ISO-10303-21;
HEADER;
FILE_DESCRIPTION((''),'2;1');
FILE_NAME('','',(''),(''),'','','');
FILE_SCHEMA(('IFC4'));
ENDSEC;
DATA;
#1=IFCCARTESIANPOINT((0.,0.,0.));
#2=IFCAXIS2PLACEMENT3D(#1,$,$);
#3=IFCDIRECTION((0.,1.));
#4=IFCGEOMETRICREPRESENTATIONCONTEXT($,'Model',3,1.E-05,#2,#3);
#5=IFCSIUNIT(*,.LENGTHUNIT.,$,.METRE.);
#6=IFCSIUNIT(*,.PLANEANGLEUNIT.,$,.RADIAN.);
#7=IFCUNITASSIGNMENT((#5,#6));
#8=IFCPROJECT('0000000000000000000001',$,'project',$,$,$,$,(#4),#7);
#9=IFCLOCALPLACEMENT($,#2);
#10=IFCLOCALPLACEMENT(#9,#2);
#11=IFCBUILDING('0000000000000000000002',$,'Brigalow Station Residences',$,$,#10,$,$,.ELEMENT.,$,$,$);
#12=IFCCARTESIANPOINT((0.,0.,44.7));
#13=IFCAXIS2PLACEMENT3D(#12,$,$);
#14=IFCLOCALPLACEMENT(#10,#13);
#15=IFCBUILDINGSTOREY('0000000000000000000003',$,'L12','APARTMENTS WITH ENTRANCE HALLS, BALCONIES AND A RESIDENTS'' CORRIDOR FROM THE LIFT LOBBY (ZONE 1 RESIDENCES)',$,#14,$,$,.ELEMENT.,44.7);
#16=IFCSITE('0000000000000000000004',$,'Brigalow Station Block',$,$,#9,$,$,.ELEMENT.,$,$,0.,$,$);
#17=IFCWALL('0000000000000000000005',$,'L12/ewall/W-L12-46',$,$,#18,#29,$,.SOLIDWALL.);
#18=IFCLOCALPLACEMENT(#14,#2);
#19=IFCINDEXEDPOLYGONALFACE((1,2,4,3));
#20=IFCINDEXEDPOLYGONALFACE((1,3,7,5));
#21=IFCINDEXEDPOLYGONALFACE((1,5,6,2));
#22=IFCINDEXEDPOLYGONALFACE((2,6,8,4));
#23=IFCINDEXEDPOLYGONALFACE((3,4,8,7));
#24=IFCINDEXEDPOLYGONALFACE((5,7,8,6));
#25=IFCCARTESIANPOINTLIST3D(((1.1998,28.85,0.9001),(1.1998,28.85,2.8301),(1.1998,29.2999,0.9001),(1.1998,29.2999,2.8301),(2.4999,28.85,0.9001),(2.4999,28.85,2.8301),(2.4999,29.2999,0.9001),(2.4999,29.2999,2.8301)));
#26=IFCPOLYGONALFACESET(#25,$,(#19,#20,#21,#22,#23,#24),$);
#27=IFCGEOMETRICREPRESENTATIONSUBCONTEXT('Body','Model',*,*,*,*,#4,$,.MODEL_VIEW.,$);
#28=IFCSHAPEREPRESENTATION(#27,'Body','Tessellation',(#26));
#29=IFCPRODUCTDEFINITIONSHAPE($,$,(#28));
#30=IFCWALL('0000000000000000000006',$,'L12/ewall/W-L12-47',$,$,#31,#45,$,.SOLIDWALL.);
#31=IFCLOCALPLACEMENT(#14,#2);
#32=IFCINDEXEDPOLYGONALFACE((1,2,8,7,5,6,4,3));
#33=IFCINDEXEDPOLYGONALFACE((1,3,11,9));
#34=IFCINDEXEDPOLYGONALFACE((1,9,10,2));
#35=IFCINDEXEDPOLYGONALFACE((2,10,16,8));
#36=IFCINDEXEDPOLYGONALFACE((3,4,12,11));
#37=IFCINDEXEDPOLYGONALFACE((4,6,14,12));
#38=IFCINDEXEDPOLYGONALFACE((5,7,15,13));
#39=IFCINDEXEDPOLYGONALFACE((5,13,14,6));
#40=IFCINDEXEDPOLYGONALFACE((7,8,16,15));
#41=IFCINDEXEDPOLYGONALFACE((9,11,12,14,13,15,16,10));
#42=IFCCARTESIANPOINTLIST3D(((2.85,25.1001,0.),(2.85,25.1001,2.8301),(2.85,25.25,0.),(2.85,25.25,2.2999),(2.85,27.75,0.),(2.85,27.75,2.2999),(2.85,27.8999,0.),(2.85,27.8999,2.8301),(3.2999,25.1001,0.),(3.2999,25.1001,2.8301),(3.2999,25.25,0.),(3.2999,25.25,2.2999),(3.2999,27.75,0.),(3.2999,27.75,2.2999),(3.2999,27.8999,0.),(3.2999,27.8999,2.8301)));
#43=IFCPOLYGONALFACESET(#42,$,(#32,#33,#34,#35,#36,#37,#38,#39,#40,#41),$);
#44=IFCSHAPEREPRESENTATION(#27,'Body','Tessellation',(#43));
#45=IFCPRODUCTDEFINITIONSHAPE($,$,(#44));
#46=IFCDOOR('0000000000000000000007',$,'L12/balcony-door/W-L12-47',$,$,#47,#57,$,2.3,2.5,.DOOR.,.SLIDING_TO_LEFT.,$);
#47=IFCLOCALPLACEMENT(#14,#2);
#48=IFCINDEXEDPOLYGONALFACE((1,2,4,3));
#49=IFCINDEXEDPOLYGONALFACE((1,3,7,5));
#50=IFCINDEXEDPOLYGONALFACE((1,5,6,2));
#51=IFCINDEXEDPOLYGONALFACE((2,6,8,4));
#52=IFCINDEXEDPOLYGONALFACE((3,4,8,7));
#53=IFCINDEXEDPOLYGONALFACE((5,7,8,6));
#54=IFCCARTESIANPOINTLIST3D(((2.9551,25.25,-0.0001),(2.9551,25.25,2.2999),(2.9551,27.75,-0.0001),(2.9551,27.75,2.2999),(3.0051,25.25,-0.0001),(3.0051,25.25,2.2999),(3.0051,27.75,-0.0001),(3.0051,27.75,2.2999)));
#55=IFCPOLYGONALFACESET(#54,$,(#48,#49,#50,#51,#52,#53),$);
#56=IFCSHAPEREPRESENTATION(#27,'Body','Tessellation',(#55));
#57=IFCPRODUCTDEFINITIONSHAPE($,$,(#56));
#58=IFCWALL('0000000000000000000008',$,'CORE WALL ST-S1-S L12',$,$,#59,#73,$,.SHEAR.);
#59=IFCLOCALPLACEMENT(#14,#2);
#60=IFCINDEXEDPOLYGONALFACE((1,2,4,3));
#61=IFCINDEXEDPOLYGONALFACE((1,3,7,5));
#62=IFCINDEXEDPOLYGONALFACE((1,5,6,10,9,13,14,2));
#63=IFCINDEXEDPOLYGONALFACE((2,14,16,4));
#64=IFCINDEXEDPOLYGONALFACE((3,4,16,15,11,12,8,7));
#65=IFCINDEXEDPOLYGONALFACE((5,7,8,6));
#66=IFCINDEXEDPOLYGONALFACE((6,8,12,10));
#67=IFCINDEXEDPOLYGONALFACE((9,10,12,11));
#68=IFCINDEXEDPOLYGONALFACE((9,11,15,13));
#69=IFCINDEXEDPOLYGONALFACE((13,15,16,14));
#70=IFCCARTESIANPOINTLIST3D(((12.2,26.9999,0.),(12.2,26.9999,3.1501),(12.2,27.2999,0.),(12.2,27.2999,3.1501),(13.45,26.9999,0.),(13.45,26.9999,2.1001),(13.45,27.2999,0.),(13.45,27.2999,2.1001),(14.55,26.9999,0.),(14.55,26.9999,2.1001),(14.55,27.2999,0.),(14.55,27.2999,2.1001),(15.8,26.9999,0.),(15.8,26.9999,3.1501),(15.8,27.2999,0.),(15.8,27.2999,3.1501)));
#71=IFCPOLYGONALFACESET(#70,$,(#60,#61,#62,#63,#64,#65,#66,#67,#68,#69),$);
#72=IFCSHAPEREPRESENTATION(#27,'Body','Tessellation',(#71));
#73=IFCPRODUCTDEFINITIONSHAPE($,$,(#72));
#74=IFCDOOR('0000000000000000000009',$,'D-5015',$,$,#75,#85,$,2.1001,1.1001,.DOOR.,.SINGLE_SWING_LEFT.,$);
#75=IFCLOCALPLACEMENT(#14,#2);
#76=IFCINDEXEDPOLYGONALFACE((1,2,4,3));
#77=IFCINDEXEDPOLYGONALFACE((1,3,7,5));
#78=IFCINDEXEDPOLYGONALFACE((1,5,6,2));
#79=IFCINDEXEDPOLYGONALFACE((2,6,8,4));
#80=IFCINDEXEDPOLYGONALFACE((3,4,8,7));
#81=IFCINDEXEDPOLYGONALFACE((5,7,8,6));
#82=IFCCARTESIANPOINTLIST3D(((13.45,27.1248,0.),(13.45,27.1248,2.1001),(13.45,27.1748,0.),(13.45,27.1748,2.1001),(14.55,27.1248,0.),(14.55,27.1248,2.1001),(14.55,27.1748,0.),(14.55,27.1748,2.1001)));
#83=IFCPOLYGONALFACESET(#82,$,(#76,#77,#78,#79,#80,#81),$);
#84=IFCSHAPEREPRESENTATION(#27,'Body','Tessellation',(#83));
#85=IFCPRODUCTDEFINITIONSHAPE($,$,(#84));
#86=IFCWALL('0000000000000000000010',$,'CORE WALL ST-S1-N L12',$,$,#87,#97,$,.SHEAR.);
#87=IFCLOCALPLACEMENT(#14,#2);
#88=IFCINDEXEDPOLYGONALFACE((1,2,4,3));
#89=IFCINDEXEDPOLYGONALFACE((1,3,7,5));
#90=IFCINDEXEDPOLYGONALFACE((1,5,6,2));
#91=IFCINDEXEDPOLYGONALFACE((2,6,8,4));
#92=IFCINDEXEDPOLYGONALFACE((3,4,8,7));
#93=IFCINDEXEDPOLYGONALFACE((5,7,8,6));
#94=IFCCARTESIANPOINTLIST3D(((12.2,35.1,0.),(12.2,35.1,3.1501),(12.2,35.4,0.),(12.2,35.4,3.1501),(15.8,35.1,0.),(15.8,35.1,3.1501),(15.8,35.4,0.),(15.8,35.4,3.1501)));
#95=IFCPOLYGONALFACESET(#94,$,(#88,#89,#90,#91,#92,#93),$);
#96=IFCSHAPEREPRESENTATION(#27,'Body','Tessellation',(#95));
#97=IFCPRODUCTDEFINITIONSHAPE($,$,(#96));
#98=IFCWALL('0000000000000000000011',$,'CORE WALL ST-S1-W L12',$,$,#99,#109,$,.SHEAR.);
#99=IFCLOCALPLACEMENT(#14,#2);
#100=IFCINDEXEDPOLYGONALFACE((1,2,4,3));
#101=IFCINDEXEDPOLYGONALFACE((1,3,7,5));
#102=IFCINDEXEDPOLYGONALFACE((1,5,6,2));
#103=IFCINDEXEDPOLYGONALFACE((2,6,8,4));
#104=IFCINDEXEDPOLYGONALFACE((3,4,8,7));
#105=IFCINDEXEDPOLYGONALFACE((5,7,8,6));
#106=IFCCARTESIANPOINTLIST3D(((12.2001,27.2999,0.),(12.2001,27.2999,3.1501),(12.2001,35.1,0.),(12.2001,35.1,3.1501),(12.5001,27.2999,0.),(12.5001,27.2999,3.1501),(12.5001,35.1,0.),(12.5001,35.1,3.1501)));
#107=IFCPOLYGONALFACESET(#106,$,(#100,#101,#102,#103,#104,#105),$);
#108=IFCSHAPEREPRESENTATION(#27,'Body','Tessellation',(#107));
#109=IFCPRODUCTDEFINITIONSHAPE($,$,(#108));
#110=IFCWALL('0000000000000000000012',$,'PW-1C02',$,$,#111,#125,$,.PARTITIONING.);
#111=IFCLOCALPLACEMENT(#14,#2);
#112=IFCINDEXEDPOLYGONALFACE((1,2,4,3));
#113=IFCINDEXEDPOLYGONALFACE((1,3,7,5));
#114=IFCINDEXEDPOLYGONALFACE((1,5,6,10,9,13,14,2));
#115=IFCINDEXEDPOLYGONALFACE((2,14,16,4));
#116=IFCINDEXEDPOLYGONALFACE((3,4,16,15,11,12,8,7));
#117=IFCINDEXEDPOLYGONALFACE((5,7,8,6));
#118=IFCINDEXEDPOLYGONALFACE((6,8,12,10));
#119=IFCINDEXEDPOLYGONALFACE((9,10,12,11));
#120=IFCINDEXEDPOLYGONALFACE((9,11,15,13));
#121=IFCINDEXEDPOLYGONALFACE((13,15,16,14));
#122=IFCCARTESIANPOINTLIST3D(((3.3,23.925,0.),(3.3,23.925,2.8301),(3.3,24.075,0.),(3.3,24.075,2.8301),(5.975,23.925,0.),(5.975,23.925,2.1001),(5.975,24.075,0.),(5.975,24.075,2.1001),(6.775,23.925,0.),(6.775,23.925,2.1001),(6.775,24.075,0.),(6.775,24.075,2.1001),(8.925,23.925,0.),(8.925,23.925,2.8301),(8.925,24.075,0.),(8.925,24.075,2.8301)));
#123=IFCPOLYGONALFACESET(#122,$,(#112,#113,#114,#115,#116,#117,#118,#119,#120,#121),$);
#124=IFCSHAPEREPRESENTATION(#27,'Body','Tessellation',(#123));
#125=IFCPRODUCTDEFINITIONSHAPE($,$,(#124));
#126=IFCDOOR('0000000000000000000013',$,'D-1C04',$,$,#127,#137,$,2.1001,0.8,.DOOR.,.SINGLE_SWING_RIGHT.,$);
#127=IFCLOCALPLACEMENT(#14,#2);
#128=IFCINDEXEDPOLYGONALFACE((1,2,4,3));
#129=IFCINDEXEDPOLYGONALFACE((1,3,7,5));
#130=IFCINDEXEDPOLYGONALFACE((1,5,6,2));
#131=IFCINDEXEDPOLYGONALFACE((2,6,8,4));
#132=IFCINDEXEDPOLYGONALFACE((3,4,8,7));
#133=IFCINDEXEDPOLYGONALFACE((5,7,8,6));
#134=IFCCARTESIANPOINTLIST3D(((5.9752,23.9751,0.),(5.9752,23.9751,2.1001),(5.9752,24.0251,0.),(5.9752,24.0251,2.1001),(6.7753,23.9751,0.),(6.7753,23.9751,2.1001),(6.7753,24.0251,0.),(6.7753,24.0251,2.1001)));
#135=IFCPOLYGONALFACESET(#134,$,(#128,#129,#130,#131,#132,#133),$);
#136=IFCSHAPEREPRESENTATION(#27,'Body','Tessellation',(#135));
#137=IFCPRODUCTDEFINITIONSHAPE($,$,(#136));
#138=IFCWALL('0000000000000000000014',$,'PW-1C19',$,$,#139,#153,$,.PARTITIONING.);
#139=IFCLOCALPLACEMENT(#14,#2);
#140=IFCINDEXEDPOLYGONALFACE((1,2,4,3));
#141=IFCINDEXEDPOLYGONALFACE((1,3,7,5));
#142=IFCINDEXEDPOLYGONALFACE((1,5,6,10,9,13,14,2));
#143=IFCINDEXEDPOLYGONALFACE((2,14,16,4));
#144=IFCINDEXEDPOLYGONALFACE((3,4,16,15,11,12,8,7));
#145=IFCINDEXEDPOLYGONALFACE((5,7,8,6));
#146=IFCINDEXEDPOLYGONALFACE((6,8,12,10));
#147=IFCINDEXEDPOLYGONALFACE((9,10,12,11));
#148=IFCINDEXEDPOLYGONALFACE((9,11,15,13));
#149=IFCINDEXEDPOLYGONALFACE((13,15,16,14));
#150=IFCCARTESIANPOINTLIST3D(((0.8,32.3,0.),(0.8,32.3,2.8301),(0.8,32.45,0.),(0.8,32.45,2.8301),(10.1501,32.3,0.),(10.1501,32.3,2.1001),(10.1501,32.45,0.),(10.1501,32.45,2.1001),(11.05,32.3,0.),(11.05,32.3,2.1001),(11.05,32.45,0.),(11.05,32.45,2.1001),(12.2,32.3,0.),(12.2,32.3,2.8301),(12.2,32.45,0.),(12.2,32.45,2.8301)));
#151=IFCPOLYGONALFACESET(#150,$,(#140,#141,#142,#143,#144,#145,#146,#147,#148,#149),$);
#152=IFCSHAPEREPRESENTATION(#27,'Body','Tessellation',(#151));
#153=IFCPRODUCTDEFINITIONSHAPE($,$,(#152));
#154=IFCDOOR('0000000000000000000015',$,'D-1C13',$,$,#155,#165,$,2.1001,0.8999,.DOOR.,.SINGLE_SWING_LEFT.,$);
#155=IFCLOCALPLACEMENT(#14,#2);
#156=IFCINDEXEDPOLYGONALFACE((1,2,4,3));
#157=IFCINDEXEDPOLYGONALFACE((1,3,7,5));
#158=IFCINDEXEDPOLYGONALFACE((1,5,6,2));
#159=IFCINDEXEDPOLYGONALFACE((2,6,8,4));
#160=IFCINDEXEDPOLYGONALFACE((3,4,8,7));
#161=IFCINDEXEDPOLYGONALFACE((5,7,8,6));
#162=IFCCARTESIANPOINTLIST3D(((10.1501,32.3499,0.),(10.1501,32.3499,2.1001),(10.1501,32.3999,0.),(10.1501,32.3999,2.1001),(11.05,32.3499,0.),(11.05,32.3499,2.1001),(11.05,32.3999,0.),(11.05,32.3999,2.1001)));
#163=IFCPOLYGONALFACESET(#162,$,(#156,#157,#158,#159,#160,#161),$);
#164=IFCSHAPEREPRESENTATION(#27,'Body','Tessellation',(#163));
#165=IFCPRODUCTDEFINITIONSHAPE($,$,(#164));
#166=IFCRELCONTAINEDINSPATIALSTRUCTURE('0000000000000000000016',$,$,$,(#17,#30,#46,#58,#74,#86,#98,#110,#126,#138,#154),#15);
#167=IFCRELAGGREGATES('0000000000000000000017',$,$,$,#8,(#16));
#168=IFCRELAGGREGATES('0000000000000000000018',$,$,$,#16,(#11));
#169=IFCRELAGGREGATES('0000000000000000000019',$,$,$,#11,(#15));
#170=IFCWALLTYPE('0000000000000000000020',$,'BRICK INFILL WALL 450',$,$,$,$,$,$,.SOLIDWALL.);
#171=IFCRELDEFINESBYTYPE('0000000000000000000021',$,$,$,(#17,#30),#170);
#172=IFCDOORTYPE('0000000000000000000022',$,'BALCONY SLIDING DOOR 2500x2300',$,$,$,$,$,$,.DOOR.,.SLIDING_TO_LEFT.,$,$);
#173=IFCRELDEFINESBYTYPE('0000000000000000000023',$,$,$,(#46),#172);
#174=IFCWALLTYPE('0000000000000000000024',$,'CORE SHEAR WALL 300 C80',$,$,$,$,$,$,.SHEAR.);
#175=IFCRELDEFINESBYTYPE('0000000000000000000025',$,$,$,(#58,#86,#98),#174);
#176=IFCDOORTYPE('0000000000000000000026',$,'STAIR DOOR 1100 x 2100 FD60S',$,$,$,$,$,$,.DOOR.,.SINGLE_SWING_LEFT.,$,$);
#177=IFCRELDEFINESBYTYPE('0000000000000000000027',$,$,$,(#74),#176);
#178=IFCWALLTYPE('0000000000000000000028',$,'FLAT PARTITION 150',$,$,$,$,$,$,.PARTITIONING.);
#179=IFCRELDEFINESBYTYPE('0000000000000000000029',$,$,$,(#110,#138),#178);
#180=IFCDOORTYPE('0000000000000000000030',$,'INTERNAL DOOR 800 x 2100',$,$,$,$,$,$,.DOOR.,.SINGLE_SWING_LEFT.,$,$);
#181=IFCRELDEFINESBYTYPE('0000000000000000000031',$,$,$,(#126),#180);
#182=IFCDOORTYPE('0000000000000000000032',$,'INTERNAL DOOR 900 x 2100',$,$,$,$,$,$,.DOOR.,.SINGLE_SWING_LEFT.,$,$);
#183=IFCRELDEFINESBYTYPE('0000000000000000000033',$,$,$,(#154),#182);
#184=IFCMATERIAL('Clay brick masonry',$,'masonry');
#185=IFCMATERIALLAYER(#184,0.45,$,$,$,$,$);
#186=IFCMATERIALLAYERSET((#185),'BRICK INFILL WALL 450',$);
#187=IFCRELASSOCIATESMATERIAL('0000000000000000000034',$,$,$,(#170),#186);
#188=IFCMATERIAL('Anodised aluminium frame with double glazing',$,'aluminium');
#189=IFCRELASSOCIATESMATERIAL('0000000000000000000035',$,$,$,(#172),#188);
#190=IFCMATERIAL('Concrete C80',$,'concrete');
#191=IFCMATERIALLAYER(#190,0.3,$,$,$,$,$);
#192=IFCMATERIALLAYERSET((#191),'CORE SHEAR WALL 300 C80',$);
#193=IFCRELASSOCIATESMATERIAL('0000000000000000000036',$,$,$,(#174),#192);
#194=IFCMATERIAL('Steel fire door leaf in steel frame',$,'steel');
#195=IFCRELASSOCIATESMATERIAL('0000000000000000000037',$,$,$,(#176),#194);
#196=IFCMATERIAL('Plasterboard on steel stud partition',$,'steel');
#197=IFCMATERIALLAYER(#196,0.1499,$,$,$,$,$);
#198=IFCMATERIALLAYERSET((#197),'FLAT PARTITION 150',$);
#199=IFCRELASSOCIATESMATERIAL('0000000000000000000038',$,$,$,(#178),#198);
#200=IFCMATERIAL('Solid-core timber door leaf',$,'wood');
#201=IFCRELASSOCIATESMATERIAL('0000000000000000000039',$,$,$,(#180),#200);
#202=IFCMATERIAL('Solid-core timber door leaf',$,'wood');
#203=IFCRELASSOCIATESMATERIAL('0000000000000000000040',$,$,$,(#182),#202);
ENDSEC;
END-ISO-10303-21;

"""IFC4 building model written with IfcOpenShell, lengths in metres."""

from ifc_helpers import new_model, si_unit, direction, frame, frame_2d, origin, place, context, subcontext, project, spatial, rectangle, extrude, material, layer, layer_set, type_object, element, fill, save


model = new_model("IFC4")

# Units and contexts
model_context = context("Model", 3, precision=1e-05, world=origin(), true_north=direction((0.0, 1.0)))
body_context = subcontext(model_context, "Body", "Model", "MODEL_VIEW")
ifc_project = project(units=[si_unit("LENGTHUNIT", "METRE"), si_unit("PLANEANGLEUNIT", "RADIAN")], contexts=[model_context])

# Site, building, storey
site_placement = place(None, origin())
site = spatial("IfcSite", under=ifc_project, at=site_placement, Name="Brigalow Station Block", CompositionType="ELEMENT", RefElevation=0.0)
building_placement = place(site_placement, origin())
building = spatial("IfcBuilding", under=site, at=building_placement, Name="Brigalow Station Residences", CompositionType="ELEMENT")
storey_placement = place(building_placement, frame((0.0, 0.0, 44.7)))
storey = spatial("IfcBuildingStorey", under=building, at=storey_placement, Name="L12", Description="APARTMENTS WITH ENTRANCE HALLS, BALCONIES AND A RESIDENTS' CORRIDOR FROM THE LIFT LOBBY (ZONE 1 RESIDENCES)", CompositionType="ELEMENT", Elevation=44.7)

# Shared definitions
ifc_material_1 = material(Name="Clay brick masonry", Category="masonry")
ifc_layer_1 = layer(ifc_material_1, 0.45)
ifc_layer_set_1 = layer_set([ifc_layer_1], Name="BRICK INFILL WALL 450")
wall_type_1 = type_object("IfcWallType", Name="BRICK INFILL WALL 450", PredefinedType="SOLIDWALL", material=ifc_layer_set_1)

# Wall
wall_1_placement = place(storey_placement, frame((1.2, 29.075, 0.9001), z_axis=(0.0, 0.0, 1.0), x_axis=(1.0, 0.0, 0.0)))
element("IfcWall", 1, at=wall_1_placement, inside=storey, type_object=wall_type_1, Name="L12/ewall/W-L12-46", PredefinedType="SOLIDWALL", context=body_context, shape_type="SweptSolid", body=[
    extrude(rectangle(XDim=1.3, YDim=0.45, at=frame_2d((0.6499, 0.0))), origin(), (0.0, 0.0, 1.0), 1.9299),
])

# Walls, openings, doors
wall_2_placement = place(storey_placement, frame((3.075, 27.8999, 0.0), z_axis=(0.0, 0.0, 1.0), x_axis=(0.0, -1.0, 0.0)))
wall_2 = element("IfcWall", 2, at=wall_2_placement, inside=storey, type_object=wall_type_1, Name="L12/ewall/W-L12-47", PredefinedType="SOLIDWALL", context=body_context, shape_type="SweptSolid", body=[
    extrude(rectangle(XDim=2.7998, YDim=0.45, at=frame_2d((1.3999, 0.0))), origin(), (0.0, 0.0, 1.0), 2.8301),
])
opening_1_placement = place(wall_2_placement, frame((0.1499, 0.0, 0.0)))
opening_1 = element("IfcOpeningElement", 3, at=opening_1_placement, cuts=wall_2, PredefinedType="OPENING", context=body_context, shape_type="SweptSolid", body=[
    extrude(rectangle(XDim=2.5, YDim=2.3, at=frame_2d((1.25, 1.1499))), frame((0.0, 0.2349, 0.0), z_axis=(0.0, -1.0, 0.0), x_axis=(1.0, 0.0, 0.0)), (0.0, 0.0, 1.0), 0.47),
])
ifc_material_2 = material(Name="Anodised aluminium frame with double glazing", Category="aluminium")
door_type_1 = type_object("IfcDoorType", Name="BALCONY SLIDING DOOR 2500x2300", OperationType="SLIDING_TO_LEFT", PredefinedType="DOOR", material=ifc_material_2)
door_1_placement = place(opening_1_placement, origin())
door_1 = element("IfcDoor", 4, at=door_1_placement, inside=storey, type_object=door_type_1, Name="L12/balcony-door/W-L12-47", OperationType="SLIDING_TO_LEFT", OverallHeight=2.3, OverallWidth=2.5, PredefinedType="DOOR", context=body_context, shape_type="SweptSolid", body=[
    extrude(rectangle(XDim=2.5, YDim=2.3, at=frame_2d((1.25, 1.1499))), frame((0.0, -0.0698, 0.0), z_axis=(0.0, -1.0, 0.0), x_axis=(1.0, 0.0, 0.0)), (0.0, 0.0, 1.0), 0.05),
])
fill(opening_1, door_1)
ifc_material_3 = material(Name="Concrete C80", Category="concrete")
ifc_layer_2 = layer(ifc_material_3, 0.3)
ifc_layer_set_2 = layer_set([ifc_layer_2], Name="CORE SHEAR WALL 300 C80")
wall_type_2 = type_object("IfcWallType", Name="CORE SHEAR WALL 300 C80", PredefinedType="SHEAR", material=ifc_layer_set_2)
wall_3_placement = place(storey_placement, frame((12.2, 27.1499, 0.0), z_axis=(0.0, 0.0, 1.0), x_axis=(1.0, 0.0, 0.0)))
wall_3 = element("IfcWall", 5, at=wall_3_placement, inside=storey, type_object=wall_type_2, Name="CORE WALL ST-S1-S L12", PredefinedType="SHEAR", context=body_context, shape_type="SweptSolid", body=[
    extrude(rectangle(XDim=3.6001, YDim=0.3, at=frame_2d((1.8, 0.0))), origin(), (0.0, 0.0, 1.0), 3.1501),
])
opening_2_placement = place(wall_3_placement, frame((1.25, 0.0, 0.0)))
opening_2 = element("IfcOpeningElement", 6, at=opening_2_placement, cuts=wall_3, PredefinedType="OPENING", context=body_context, shape_type="SweptSolid", body=[
    extrude(rectangle(XDim=1.1001, YDim=2.1001, at=frame_2d((0.55, 1.05))), frame((0.0, 0.1602, 0.0), z_axis=(0.0, -1.0, 0.0), x_axis=(1.0, 0.0, 0.0)), (0.0, 0.0, 1.0), 0.3201),
])
ifc_material_4 = material(Name="Steel fire door leaf in steel frame", Category="steel")
door_type_2 = type_object("IfcDoorType", Name="STAIR DOOR 1100 x 2100 FD60S", OperationType="SINGLE_SWING_LEFT", PredefinedType="DOOR", material=ifc_material_4)
door_2_placement = place(opening_2_placement, origin())
door_2 = element("IfcDoor", 7, at=door_2_placement, inside=storey, type_object=door_type_2, Name="D-5015", OperationType="SINGLE_SWING_LEFT", OverallHeight=2.1001, OverallWidth=1.1001, PredefinedType="DOOR", context=body_context, shape_type="SweptSolid", body=[
    extrude(rectangle(XDim=1.1001, YDim=2.1001, at=frame_2d((0.55, 1.05))), frame((0.0, 0.0249, 0.0), z_axis=(0.0, -1.0, 0.0), x_axis=(1.0, 0.0, 0.0)), (0.0, 0.0, 1.0), 0.05),
])
fill(opening_2, door_2)

# Walls
wall_4_placement = place(storey_placement, frame((12.2, 35.25, 0.0), z_axis=(0.0, 0.0, 1.0), x_axis=(1.0, 0.0, 0.0)))
element("IfcWall", 8, at=wall_4_placement, inside=storey, type_object=wall_type_2, Name="CORE WALL ST-S1-N L12", PredefinedType="SHEAR", context=body_context, shape_type="SweptSolid", body=[
    extrude(rectangle(XDim=3.6001, YDim=0.3, at=frame_2d((1.8, 0.0))), origin(), (0.0, 0.0, 1.0), 3.1501),
])
wall_5_placement = place(storey_placement, frame((12.3501, 27.3, 0.0), z_axis=(0.0, 0.0, 1.0), x_axis=(0.0, 1.0, 0.0)))
element("IfcWall", 9, at=wall_5_placement, inside=storey, type_object=wall_type_2, Name="CORE WALL ST-S1-W L12", PredefinedType="SHEAR", context=body_context, shape_type="SweptSolid", body=[
    extrude(rectangle(XDim=7.8, YDim=0.3, at=frame_2d((3.8999, 0.0))), origin(), (0.0, 0.0, 1.0), 3.1501),
])

# Walls, openings, doors
ifc_material_5 = material(Name="Plasterboard on steel stud partition", Category="steel")
ifc_layer_3 = layer(ifc_material_5, 0.1499)
ifc_layer_set_3 = layer_set([ifc_layer_3], Name="FLAT PARTITION 150")
wall_type_3 = type_object("IfcWallType", Name="FLAT PARTITION 150", PredefinedType="PARTITIONING", material=ifc_layer_set_3)
wall_6_placement = place(storey_placement, frame((3.3, 24.0, 0.0), z_axis=(0.0, 0.0, 1.0), x_axis=(1.0, 0.0, 0.0)))
wall_6 = element("IfcWall", 10, at=wall_6_placement, inside=storey, type_object=wall_type_3, Name="PW-1C02", PredefinedType="PARTITIONING", context=body_context, shape_type="SweptSolid", body=[
    extrude(rectangle(XDim=5.625, YDim=0.1499, at=frame_2d((2.8125, 0.0))), origin(), (0.0, 0.0, 1.0), 2.8301),
])
opening_3_placement = place(wall_6_placement, frame((2.675, 0.0, 0.0)))
opening_3 = element("IfcOpeningElement", 11, at=opening_3_placement, cuts=wall_6, PredefinedType="OPENING", context=body_context, shape_type="SweptSolid", body=[
    extrude(rectangle(XDim=0.8, YDim=2.1001, at=frame_2d((0.3999, 1.05))), frame((0.0, 0.085, 0.0), z_axis=(0.0, -1.0, 0.0), x_axis=(1.0, 0.0, 0.0)), (0.0, 0.0, 1.0), 0.1699),
])
ifc_material_6 = material(Name="Solid-core timber door leaf", Category="wood")
door_type_3 = type_object("IfcDoorType", Name="INTERNAL DOOR 800 x 2100", OperationType="SINGLE_SWING_LEFT", PredefinedType="DOOR", material=ifc_material_6)
door_3_placement = place(opening_3_placement, frame((0.8, 0.0, 0.0), z_axis=(0.0, 0.0, 1.0), x_axis=(-1.0, 0.0, 0.0)))
door_3 = element("IfcDoor", 12, at=door_3_placement, inside=storey, type_object=door_type_3, Name="D-1C04", OperationType="SINGLE_SWING_RIGHT", OverallHeight=2.1001, OverallWidth=0.8, PredefinedType="DOOR", context=body_context, shape_type="SweptSolid", body=[
    extrude(rectangle(XDim=0.8, YDim=2.1001, at=frame_2d((0.3999, 1.05))), frame((0.0, 0.0249, 0.0), z_axis=(0.0, -1.0, 0.0), x_axis=(1.0, 0.0, 0.0)), (0.0, 0.0, 1.0), 0.05),
])
fill(opening_3, door_3)
wall_7_placement = place(storey_placement, frame((0.8, 32.375, 0.0), z_axis=(0.0, 0.0, 1.0), x_axis=(1.0, 0.0, 0.0)))
wall_7 = element("IfcWall", 13, at=wall_7_placement, inside=storey, type_object=wall_type_3, Name="PW-1C19", PredefinedType="PARTITIONING", context=body_context, shape_type="SweptSolid", body=[
    extrude(rectangle(XDim=11.3999, YDim=0.1499, at=frame_2d((5.7, 0.0))), origin(), (0.0, 0.0, 1.0), 2.8301),
])
opening_4_placement = place(wall_7_placement, frame((9.3501, 0.0, 0.0)))
opening_4 = element("IfcOpeningElement", 14, at=opening_4_placement, cuts=wall_7, PredefinedType="OPENING", context=body_context, shape_type="SweptSolid", body=[
    extrude(rectangle(XDim=0.8999, YDim=2.1001, at=frame_2d((0.45, 1.05))), frame((0.0, 0.085, 0.0), z_axis=(0.0, -1.0, 0.0), x_axis=(1.0, 0.0, 0.0)), (0.0, 0.0, 1.0), 0.1699),
])
ifc_material_7 = material(Name="Solid-core timber door leaf", Category="wood")
door_type_4 = type_object("IfcDoorType", Name="INTERNAL DOOR 900 x 2100", OperationType="SINGLE_SWING_LEFT", PredefinedType="DOOR", material=ifc_material_7)
door_4_placement = place(opening_4_placement, origin())
door_4 = element("IfcDoor", 15, at=door_4_placement, inside=storey, type_object=door_type_4, Name="D-1C13", OperationType="SINGLE_SWING_LEFT", OverallHeight=2.1001, OverallWidth=0.8999, PredefinedType="DOOR", context=body_context, shape_type="SweptSolid", body=[
    extrude(rectangle(XDim=0.8999, YDim=2.1001, at=frame_2d((0.45, 1.05))), frame((0.0, 0.0249, 0.0), z_axis=(0.0, -1.0, 0.0), x_axis=(1.0, 0.0, 0.0)), (0.0, 0.0, 1.0), 0.05),
])
fill(opening_4, door_4)

save(model, "model.ifc")
